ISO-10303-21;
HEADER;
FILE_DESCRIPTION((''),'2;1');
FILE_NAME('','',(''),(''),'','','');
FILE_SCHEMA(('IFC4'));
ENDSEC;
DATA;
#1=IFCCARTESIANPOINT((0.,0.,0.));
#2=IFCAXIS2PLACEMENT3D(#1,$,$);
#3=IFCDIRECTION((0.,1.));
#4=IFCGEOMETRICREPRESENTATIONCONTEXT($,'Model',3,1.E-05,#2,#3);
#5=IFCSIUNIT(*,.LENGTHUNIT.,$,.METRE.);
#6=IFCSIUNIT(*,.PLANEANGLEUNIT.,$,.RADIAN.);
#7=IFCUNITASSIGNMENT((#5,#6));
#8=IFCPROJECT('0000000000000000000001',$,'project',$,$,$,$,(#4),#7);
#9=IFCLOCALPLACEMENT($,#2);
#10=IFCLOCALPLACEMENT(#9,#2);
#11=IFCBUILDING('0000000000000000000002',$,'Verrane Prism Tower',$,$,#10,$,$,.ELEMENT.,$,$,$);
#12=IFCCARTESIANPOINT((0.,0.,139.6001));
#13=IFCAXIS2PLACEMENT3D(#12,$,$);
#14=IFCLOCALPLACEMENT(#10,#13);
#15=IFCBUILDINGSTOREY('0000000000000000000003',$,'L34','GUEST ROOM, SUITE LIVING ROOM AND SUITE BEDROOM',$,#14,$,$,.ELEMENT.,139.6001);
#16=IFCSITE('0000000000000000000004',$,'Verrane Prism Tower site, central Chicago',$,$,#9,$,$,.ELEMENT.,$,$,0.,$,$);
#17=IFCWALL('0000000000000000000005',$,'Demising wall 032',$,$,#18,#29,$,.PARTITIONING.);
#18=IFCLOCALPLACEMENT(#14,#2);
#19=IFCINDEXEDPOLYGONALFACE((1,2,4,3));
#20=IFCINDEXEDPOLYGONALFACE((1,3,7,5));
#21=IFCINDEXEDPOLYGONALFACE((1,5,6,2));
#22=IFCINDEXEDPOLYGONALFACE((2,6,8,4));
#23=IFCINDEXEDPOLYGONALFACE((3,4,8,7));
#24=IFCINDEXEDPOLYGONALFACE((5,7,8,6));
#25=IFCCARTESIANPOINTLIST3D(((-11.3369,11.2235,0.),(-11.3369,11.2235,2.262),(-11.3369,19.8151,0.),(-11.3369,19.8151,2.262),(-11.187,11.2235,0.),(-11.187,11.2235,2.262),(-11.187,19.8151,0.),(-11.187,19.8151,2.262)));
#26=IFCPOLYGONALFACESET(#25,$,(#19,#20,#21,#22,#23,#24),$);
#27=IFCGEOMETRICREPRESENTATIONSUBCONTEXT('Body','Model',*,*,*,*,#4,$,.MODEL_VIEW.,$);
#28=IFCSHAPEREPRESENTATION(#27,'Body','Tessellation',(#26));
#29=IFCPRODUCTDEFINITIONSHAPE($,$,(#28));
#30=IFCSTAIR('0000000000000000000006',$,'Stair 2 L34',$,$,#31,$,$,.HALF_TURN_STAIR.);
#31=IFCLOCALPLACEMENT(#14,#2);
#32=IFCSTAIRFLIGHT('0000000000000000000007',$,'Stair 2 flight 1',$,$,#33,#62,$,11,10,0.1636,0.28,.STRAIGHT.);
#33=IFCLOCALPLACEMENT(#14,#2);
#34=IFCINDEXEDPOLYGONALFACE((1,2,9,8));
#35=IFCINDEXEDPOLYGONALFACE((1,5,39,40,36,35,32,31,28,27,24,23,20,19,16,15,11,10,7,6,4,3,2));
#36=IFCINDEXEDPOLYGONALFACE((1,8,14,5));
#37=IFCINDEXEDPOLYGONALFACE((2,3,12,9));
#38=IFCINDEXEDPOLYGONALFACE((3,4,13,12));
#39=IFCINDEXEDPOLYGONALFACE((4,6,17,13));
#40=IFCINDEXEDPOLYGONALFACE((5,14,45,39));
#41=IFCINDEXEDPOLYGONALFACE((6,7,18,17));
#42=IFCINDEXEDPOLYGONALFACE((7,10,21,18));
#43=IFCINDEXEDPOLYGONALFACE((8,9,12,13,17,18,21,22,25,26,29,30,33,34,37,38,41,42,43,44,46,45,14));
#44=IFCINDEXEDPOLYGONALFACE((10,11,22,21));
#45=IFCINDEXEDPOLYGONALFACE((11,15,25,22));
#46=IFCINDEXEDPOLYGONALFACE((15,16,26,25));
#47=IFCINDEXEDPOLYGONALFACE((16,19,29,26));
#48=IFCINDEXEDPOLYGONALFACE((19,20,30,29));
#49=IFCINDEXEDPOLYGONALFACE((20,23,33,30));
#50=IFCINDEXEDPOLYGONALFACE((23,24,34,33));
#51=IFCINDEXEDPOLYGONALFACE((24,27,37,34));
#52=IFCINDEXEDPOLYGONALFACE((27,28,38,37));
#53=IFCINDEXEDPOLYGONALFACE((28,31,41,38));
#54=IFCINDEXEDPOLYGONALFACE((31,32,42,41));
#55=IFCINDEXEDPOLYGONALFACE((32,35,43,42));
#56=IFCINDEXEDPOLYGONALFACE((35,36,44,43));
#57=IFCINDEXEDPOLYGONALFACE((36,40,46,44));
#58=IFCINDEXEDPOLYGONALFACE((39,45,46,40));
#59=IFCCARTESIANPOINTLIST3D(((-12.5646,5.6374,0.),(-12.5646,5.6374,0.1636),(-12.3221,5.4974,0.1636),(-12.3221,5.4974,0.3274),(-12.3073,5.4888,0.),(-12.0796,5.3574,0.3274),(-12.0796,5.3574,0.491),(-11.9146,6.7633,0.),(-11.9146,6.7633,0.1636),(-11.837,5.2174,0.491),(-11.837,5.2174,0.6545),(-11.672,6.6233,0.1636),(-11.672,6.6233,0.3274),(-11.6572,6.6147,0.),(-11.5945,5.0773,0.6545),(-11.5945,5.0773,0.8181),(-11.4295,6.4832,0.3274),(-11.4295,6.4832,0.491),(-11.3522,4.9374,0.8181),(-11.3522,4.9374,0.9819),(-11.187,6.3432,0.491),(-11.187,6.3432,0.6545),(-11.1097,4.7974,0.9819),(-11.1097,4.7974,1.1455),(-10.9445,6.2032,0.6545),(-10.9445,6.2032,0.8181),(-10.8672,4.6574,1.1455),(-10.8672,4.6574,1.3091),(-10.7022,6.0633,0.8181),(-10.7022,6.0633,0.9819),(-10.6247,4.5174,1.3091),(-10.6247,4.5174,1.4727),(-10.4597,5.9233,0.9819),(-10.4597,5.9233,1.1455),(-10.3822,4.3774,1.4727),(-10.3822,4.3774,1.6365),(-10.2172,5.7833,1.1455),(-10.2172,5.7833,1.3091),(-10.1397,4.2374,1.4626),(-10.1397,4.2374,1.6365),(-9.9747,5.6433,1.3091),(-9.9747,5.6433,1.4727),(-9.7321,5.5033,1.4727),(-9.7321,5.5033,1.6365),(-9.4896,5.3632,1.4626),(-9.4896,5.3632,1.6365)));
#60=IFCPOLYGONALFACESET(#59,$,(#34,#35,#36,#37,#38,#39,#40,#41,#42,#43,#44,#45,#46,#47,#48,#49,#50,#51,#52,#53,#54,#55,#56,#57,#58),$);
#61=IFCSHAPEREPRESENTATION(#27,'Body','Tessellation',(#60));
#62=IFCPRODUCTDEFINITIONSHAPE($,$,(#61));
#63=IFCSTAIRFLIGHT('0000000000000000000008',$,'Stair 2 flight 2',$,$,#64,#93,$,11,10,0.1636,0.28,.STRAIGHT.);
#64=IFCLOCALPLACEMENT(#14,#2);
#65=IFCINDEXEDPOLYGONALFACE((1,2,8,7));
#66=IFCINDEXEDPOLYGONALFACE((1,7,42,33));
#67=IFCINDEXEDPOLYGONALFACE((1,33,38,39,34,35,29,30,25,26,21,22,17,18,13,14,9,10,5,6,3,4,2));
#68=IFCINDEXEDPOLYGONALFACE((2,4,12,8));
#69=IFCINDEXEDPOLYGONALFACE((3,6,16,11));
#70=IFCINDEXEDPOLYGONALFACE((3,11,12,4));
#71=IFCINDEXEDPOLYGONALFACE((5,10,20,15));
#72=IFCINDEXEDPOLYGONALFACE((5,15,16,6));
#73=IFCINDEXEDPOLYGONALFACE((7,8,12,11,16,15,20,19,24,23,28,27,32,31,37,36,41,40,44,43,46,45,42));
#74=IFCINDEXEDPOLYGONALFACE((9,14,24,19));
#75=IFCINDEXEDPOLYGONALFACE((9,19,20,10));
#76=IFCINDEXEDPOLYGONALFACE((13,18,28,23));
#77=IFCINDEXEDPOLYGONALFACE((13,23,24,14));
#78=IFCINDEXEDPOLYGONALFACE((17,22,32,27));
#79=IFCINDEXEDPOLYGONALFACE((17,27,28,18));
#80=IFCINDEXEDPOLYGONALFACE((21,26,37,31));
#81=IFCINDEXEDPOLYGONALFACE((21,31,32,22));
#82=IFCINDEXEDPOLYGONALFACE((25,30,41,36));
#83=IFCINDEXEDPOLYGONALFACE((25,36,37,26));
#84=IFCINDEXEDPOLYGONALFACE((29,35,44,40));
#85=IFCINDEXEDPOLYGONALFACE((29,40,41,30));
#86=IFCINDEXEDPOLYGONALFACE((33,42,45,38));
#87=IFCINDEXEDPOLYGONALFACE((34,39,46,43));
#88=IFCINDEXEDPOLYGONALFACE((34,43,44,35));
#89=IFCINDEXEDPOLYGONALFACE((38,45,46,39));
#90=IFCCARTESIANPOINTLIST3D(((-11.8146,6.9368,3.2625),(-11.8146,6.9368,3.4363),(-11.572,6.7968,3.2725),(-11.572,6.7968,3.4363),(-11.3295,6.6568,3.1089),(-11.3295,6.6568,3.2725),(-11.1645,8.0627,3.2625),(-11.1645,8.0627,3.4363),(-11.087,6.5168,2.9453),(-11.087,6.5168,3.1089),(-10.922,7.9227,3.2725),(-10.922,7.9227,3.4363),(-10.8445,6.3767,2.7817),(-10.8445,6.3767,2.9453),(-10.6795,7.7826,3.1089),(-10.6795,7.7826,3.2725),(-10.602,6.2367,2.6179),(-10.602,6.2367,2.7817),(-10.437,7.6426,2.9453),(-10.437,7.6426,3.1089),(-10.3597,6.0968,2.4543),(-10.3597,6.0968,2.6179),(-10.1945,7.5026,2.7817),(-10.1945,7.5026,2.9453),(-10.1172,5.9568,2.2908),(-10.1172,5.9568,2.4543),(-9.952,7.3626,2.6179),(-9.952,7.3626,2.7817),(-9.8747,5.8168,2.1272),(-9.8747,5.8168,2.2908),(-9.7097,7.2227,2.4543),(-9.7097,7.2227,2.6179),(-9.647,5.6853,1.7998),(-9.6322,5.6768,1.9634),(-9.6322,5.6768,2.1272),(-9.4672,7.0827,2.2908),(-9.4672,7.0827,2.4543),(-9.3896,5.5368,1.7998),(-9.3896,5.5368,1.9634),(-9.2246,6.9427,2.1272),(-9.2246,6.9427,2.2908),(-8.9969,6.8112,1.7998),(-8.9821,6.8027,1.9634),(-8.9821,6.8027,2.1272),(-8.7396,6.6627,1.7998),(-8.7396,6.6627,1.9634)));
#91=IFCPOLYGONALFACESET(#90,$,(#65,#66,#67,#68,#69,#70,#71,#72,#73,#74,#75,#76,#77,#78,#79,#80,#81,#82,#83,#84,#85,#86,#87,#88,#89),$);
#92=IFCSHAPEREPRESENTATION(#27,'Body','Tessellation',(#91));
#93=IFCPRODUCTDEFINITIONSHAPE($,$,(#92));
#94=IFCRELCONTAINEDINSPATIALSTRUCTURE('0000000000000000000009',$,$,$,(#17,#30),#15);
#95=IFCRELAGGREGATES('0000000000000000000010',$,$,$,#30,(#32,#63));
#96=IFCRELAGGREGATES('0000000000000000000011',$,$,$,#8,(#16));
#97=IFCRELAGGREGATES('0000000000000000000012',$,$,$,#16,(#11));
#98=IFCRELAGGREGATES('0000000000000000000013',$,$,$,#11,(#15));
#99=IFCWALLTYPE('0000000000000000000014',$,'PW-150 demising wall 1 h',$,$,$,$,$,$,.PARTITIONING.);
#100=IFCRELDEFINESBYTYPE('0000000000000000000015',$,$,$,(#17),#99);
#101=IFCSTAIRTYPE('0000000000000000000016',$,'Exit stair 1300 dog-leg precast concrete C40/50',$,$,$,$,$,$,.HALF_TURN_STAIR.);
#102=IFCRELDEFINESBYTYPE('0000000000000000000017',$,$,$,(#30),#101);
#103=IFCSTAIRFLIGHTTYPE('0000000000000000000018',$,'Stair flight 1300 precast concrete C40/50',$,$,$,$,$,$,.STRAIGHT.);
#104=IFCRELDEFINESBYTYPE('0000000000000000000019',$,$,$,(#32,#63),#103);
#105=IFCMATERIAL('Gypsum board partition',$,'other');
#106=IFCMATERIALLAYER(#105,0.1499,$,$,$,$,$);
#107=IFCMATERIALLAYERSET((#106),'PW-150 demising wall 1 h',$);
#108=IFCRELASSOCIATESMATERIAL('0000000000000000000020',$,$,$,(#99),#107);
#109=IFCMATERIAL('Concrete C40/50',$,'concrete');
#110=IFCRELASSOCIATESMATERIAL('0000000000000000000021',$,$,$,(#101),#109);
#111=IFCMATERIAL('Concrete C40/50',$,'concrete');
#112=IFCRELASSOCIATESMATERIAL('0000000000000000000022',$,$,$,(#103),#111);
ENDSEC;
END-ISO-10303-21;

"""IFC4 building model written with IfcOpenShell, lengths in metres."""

from ifc_helpers import new_model, si_unit, direction, frame, frame_2d, origin, place, context, subcontext, project, spatial, polyline, rectangle, outline, extrude, material, layer, layer_set, type_object, element, aggregate, save


model = new_model("IFC4")

# Units and contexts
model_context = context("Model", 3, precision=1e-05, world=origin(), true_north=direction((0.0, 1.0)))
body_context = subcontext(model_context, "Body", "Model", "MODEL_VIEW")
ifc_project = project(units=[si_unit("LENGTHUNIT", "METRE"), si_unit("PLANEANGLEUNIT", "RADIAN")], contexts=[model_context])

# Site, building, storey
site_placement = place(None, origin())
site = spatial("IfcSite", under=ifc_project, at=site_placement, Name="Verrane Prism Tower site, central Chicago", CompositionType="ELEMENT", RefElevation=0.0)
building_placement = place(site_placement, origin())
building = spatial("IfcBuilding", under=site, at=building_placement, Name="Verrane Prism Tower", CompositionType="ELEMENT")
storey_placement = place(building_placement, frame((0.0, 0.0, 139.6001)))
storey = spatial("IfcBuildingStorey", under=building, at=storey_placement, Name="L34", Description="GUEST ROOM, SUITE LIVING ROOM AND SUITE BEDROOM", CompositionType="ELEMENT", Elevation=139.6001)

# Wall
ifc_material_1 = material(Name="Gypsum board partition", Category="other")
ifc_layer_1 = layer(ifc_material_1, 0.1499)
ifc_layer_set_1 = layer_set([ifc_layer_1], Name="PW-150 demising wall 1 h")
wall_type_1 = type_object("IfcWallType", Name="PW-150 demising wall 1 h", PredefinedType="PARTITIONING", material=ifc_layer_set_1)
wall_1_placement = place(storey_placement, frame((-11.262, 11.2234, 0.0), z_axis=(0.0, 0.0, 1.0), x_axis=(0.0, 1.0, 0.0)))
element("IfcWall", 1, at=wall_1_placement, inside=storey, type_object=wall_type_1, Name="Demising wall 032", PredefinedType="PARTITIONING", context=body_context, shape_type="SweptSolid", body=[
    extrude(rectangle(XDim=8.5916, YDim=0.1499, at=frame_2d((4.2959, 0.0))), origin(), (0.0, 0.0, 1.0), 2.262),
])

# Stair, stair flights
ifc_material_2 = material(Name="Concrete C40/50", Category="concrete")
stair_type = type_object("IfcStairType", Name="Exit stair 1300 dog-leg precast concrete C40/50", PredefinedType="HALF_TURN_STAIR", material=ifc_material_2)
stair_placement = place(storey_placement, origin())
stair = element("IfcStair", 2, at=stair_placement, inside=storey, type_object=stair_type, Name="Stair 2 L34", PredefinedType="HALF_TURN_STAIR")
ifc_material_3 = material(Name="Concrete C40/50", Category="concrete")
stair_flight_type = type_object("IfcStairFlightType", Name="Stair flight 1300 precast concrete C40/50", PredefinedType="STRAIGHT", material=ifc_material_3)
stair_flight_1_placement = place(storey_placement, frame((-12.2395, 6.2004, 0.0), z_axis=(0.0, 0.0, 1.0), x_axis=(0.866025, -0.5, 0.0)))
stair_flight_1 = element("IfcStairFlight", 3, at=stair_flight_1_placement, type_object=stair_flight_type, Name="Stair 2 flight 1", NumberOfRisers=11, NumberOfTreads=10, PredefinedType="STRAIGHT", RiserHeight=0.1636, TreadLength=0.28, context=body_context, shape_type="SweptSolid", body=[
    extrude(outline(polyline([(0.0, 0.0), (0.0, 0.1636), (0.28, 0.1636), (0.28, 0.3274), (0.5601, 0.3274), (0.5601, 0.491), (0.8401, 0.491), (0.8401, 0.6545), (1.1201, 0.6545), (1.1201, 0.8181), (1.3999, 0.8181), (1.3999, 0.9819), (1.6799, 0.9819), (1.6799, 1.1455), (1.96, 1.1455), (1.96, 1.3091), (2.24, 1.3091), (2.24, 1.4727), (2.52, 1.4727), (2.52, 1.6365), (2.8, 1.6365), (2.8, 1.8), (2.8, 1.4626), (0.2971, 0.0), (0.0, 0.0)])), frame((0.0, 0.6499, 0.0), z_axis=(0.0, -1.0, 0.0), x_axis=(1.0, 0.0, 0.0)), (0.0, 0.0, 1.0), 1.3),
])
stair_flight_2_placement = place(storey_placement, frame((-9.0647, 6.0996, 1.7998), z_axis=(0.0, 0.0, 1.0), x_axis=(-0.866025, 0.5, 0.0)))
stair_flight_2 = element("IfcStairFlight", 4, at=stair_flight_2_placement, type_object=stair_flight_type, Name="Stair 2 flight 2", NumberOfRisers=11, NumberOfTreads=10, PredefinedType="STRAIGHT", RiserHeight=0.1636, TreadLength=0.28, context=body_context, shape_type="SweptSolid", body=[
    extrude(outline(polyline([(0.0, 0.0), (0.0, 0.1636), (0.28, 0.1636), (0.28, 0.3274), (0.5601, 0.3274), (0.5601, 0.491), (0.8401, 0.491), (0.8401, 0.6545), (1.1201, 0.6545), (1.1201, 0.8181), (1.3999, 0.8181), (1.3999, 0.9819), (1.6799, 0.9819), (1.6799, 1.1455), (1.96, 1.1455), (1.96, 1.3091), (2.24, 1.3091), (2.24, 1.4727), (2.52, 1.4727), (2.52, 1.6365), (2.8, 1.6365), (2.8, 1.8), (2.8, 1.4626), (0.2971, 0.0), (0.0, 0.0)])), frame((0.0, 0.6499, 0.0), z_axis=(0.0, -1.0, 0.0), x_axis=(1.0, 0.0, 0.0)), (0.0, 0.0, 1.0), 1.3),
])
aggregate(stair, [stair_flight_1, stair_flight_2])

save(model, "model.ifc")
